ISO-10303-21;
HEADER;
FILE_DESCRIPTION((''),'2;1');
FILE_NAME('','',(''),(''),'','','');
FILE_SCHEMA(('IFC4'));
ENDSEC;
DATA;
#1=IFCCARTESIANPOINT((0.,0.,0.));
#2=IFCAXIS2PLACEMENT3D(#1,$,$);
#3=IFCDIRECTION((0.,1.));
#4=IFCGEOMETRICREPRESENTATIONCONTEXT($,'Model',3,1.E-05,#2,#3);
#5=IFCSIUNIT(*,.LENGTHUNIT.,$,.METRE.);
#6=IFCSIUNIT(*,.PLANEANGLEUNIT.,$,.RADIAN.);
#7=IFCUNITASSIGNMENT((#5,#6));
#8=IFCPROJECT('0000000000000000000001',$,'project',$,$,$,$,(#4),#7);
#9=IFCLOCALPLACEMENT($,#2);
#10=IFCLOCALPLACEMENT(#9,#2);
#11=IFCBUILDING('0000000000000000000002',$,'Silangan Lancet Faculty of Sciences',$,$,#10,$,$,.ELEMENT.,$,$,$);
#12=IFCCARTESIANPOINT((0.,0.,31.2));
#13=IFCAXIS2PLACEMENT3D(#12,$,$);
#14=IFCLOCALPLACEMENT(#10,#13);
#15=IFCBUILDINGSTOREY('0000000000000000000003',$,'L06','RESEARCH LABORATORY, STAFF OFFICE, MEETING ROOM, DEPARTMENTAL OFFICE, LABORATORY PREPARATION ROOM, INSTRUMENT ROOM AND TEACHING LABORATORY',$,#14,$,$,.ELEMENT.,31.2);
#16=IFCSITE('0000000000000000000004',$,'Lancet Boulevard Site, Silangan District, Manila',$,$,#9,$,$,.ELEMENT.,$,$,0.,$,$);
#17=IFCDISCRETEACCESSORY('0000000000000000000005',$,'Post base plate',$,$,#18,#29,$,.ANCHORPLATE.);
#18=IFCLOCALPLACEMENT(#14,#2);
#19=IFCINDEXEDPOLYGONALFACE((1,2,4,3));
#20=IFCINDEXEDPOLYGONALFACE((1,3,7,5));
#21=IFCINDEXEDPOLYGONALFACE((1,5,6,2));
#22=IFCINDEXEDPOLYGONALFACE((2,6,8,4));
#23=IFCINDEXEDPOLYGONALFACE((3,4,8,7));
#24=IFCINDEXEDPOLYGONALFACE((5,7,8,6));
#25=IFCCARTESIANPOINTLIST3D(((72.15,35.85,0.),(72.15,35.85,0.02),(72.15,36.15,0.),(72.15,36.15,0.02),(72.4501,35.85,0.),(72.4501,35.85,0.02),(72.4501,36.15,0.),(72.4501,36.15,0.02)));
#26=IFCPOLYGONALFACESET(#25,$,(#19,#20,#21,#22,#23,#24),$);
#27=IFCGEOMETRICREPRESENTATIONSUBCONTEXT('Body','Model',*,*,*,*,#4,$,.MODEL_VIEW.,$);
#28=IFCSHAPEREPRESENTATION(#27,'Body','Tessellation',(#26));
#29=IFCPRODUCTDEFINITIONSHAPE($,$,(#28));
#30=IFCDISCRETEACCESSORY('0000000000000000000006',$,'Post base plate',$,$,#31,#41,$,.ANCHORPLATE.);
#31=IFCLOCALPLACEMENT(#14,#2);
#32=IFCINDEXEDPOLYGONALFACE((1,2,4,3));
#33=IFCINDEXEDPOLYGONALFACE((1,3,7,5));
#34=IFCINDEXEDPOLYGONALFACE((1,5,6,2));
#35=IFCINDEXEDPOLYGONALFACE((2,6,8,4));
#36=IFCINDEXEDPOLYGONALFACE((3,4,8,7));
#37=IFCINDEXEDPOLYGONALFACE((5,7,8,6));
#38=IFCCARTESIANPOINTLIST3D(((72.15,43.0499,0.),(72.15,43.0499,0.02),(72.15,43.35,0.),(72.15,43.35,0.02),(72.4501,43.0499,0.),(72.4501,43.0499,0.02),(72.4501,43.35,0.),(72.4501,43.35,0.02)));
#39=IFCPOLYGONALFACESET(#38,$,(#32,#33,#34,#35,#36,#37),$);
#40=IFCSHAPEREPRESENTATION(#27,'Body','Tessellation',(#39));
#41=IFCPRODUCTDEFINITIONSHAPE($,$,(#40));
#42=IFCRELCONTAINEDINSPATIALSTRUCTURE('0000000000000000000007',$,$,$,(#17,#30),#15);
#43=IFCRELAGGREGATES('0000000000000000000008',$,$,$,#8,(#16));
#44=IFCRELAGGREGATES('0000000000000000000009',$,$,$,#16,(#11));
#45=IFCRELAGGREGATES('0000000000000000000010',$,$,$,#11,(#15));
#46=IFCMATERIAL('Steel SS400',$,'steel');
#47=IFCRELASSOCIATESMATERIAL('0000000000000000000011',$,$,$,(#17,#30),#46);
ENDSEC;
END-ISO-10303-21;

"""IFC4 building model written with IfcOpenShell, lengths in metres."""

from ifc_helpers import new_model, si_unit, direction, frame, origin, origin_2d, place, context, subcontext, project, spatial, rectangle, extrude, material, element, save


model = new_model("IFC4")

# Units and contexts
model_context = context("Model", 3, precision=1e-05, world=origin(), true_north=direction((0.0, 1.0)))
body_context = subcontext(model_context, "Body", "Model", "MODEL_VIEW")
ifc_project = project(units=[si_unit("LENGTHUNIT", "METRE"), si_unit("PLANEANGLEUNIT", "RADIAN")], contexts=[model_context])

# Site, building, storey
site_placement = place(None, origin())
site = spatial("IfcSite", under=ifc_project, at=site_placement, Name="Lancet Boulevard Site, Silangan District, Manila", CompositionType="ELEMENT", RefElevation=0.0)
building_placement = place(site_placement, origin())
building = spatial("IfcBuilding", under=site, at=building_placement, Name="Silangan Lancet Faculty of Sciences", CompositionType="ELEMENT")
storey_placement = place(building_placement, frame((0.0, 0.0, 31.2)))
storey = spatial("IfcBuildingStorey", under=building, at=storey_placement, Name="L06", Description="RESEARCH LABORATORY, STAFF OFFICE, MEETING ROOM, DEPARTMENTAL OFFICE, LABORATORY PREPARATION ROOM, INSTRUMENT ROOM AND TEACHING LABORATORY", CompositionType="ELEMENT", Elevation=31.2)

# Discrete accessories
ifc_material_1 = material(Name="Steel SS400", Category="steel")
for number, where, z_axis, x_axis, name in (
    (1, (72.3, 36.0, 0.0), (0.0, 0.0, 1.0), (1.0, 0.0, 0.0), "Post base plate"),
    (2, (72.3, 43.2, 0.0), (0.0, 0.0, 1.0), (1.0, 0.0, 0.0), "Post base plate"),
):
    element("IfcDiscreteAccessory", number, at=place(storey_placement, frame(where, z_axis=z_axis, x_axis=x_axis)), inside=storey, material=ifc_material_1, Name=name, PredefinedType="ANCHORPLATE", context=body_context, shape_type="SweptSolid", body=[
        extrude(rectangle(XDim=0.3, YDim=0.3, at=origin_2d()), origin(), (0.0, 0.0, 1.0), 0.02),
    ])

save(model, "model.ifc")
